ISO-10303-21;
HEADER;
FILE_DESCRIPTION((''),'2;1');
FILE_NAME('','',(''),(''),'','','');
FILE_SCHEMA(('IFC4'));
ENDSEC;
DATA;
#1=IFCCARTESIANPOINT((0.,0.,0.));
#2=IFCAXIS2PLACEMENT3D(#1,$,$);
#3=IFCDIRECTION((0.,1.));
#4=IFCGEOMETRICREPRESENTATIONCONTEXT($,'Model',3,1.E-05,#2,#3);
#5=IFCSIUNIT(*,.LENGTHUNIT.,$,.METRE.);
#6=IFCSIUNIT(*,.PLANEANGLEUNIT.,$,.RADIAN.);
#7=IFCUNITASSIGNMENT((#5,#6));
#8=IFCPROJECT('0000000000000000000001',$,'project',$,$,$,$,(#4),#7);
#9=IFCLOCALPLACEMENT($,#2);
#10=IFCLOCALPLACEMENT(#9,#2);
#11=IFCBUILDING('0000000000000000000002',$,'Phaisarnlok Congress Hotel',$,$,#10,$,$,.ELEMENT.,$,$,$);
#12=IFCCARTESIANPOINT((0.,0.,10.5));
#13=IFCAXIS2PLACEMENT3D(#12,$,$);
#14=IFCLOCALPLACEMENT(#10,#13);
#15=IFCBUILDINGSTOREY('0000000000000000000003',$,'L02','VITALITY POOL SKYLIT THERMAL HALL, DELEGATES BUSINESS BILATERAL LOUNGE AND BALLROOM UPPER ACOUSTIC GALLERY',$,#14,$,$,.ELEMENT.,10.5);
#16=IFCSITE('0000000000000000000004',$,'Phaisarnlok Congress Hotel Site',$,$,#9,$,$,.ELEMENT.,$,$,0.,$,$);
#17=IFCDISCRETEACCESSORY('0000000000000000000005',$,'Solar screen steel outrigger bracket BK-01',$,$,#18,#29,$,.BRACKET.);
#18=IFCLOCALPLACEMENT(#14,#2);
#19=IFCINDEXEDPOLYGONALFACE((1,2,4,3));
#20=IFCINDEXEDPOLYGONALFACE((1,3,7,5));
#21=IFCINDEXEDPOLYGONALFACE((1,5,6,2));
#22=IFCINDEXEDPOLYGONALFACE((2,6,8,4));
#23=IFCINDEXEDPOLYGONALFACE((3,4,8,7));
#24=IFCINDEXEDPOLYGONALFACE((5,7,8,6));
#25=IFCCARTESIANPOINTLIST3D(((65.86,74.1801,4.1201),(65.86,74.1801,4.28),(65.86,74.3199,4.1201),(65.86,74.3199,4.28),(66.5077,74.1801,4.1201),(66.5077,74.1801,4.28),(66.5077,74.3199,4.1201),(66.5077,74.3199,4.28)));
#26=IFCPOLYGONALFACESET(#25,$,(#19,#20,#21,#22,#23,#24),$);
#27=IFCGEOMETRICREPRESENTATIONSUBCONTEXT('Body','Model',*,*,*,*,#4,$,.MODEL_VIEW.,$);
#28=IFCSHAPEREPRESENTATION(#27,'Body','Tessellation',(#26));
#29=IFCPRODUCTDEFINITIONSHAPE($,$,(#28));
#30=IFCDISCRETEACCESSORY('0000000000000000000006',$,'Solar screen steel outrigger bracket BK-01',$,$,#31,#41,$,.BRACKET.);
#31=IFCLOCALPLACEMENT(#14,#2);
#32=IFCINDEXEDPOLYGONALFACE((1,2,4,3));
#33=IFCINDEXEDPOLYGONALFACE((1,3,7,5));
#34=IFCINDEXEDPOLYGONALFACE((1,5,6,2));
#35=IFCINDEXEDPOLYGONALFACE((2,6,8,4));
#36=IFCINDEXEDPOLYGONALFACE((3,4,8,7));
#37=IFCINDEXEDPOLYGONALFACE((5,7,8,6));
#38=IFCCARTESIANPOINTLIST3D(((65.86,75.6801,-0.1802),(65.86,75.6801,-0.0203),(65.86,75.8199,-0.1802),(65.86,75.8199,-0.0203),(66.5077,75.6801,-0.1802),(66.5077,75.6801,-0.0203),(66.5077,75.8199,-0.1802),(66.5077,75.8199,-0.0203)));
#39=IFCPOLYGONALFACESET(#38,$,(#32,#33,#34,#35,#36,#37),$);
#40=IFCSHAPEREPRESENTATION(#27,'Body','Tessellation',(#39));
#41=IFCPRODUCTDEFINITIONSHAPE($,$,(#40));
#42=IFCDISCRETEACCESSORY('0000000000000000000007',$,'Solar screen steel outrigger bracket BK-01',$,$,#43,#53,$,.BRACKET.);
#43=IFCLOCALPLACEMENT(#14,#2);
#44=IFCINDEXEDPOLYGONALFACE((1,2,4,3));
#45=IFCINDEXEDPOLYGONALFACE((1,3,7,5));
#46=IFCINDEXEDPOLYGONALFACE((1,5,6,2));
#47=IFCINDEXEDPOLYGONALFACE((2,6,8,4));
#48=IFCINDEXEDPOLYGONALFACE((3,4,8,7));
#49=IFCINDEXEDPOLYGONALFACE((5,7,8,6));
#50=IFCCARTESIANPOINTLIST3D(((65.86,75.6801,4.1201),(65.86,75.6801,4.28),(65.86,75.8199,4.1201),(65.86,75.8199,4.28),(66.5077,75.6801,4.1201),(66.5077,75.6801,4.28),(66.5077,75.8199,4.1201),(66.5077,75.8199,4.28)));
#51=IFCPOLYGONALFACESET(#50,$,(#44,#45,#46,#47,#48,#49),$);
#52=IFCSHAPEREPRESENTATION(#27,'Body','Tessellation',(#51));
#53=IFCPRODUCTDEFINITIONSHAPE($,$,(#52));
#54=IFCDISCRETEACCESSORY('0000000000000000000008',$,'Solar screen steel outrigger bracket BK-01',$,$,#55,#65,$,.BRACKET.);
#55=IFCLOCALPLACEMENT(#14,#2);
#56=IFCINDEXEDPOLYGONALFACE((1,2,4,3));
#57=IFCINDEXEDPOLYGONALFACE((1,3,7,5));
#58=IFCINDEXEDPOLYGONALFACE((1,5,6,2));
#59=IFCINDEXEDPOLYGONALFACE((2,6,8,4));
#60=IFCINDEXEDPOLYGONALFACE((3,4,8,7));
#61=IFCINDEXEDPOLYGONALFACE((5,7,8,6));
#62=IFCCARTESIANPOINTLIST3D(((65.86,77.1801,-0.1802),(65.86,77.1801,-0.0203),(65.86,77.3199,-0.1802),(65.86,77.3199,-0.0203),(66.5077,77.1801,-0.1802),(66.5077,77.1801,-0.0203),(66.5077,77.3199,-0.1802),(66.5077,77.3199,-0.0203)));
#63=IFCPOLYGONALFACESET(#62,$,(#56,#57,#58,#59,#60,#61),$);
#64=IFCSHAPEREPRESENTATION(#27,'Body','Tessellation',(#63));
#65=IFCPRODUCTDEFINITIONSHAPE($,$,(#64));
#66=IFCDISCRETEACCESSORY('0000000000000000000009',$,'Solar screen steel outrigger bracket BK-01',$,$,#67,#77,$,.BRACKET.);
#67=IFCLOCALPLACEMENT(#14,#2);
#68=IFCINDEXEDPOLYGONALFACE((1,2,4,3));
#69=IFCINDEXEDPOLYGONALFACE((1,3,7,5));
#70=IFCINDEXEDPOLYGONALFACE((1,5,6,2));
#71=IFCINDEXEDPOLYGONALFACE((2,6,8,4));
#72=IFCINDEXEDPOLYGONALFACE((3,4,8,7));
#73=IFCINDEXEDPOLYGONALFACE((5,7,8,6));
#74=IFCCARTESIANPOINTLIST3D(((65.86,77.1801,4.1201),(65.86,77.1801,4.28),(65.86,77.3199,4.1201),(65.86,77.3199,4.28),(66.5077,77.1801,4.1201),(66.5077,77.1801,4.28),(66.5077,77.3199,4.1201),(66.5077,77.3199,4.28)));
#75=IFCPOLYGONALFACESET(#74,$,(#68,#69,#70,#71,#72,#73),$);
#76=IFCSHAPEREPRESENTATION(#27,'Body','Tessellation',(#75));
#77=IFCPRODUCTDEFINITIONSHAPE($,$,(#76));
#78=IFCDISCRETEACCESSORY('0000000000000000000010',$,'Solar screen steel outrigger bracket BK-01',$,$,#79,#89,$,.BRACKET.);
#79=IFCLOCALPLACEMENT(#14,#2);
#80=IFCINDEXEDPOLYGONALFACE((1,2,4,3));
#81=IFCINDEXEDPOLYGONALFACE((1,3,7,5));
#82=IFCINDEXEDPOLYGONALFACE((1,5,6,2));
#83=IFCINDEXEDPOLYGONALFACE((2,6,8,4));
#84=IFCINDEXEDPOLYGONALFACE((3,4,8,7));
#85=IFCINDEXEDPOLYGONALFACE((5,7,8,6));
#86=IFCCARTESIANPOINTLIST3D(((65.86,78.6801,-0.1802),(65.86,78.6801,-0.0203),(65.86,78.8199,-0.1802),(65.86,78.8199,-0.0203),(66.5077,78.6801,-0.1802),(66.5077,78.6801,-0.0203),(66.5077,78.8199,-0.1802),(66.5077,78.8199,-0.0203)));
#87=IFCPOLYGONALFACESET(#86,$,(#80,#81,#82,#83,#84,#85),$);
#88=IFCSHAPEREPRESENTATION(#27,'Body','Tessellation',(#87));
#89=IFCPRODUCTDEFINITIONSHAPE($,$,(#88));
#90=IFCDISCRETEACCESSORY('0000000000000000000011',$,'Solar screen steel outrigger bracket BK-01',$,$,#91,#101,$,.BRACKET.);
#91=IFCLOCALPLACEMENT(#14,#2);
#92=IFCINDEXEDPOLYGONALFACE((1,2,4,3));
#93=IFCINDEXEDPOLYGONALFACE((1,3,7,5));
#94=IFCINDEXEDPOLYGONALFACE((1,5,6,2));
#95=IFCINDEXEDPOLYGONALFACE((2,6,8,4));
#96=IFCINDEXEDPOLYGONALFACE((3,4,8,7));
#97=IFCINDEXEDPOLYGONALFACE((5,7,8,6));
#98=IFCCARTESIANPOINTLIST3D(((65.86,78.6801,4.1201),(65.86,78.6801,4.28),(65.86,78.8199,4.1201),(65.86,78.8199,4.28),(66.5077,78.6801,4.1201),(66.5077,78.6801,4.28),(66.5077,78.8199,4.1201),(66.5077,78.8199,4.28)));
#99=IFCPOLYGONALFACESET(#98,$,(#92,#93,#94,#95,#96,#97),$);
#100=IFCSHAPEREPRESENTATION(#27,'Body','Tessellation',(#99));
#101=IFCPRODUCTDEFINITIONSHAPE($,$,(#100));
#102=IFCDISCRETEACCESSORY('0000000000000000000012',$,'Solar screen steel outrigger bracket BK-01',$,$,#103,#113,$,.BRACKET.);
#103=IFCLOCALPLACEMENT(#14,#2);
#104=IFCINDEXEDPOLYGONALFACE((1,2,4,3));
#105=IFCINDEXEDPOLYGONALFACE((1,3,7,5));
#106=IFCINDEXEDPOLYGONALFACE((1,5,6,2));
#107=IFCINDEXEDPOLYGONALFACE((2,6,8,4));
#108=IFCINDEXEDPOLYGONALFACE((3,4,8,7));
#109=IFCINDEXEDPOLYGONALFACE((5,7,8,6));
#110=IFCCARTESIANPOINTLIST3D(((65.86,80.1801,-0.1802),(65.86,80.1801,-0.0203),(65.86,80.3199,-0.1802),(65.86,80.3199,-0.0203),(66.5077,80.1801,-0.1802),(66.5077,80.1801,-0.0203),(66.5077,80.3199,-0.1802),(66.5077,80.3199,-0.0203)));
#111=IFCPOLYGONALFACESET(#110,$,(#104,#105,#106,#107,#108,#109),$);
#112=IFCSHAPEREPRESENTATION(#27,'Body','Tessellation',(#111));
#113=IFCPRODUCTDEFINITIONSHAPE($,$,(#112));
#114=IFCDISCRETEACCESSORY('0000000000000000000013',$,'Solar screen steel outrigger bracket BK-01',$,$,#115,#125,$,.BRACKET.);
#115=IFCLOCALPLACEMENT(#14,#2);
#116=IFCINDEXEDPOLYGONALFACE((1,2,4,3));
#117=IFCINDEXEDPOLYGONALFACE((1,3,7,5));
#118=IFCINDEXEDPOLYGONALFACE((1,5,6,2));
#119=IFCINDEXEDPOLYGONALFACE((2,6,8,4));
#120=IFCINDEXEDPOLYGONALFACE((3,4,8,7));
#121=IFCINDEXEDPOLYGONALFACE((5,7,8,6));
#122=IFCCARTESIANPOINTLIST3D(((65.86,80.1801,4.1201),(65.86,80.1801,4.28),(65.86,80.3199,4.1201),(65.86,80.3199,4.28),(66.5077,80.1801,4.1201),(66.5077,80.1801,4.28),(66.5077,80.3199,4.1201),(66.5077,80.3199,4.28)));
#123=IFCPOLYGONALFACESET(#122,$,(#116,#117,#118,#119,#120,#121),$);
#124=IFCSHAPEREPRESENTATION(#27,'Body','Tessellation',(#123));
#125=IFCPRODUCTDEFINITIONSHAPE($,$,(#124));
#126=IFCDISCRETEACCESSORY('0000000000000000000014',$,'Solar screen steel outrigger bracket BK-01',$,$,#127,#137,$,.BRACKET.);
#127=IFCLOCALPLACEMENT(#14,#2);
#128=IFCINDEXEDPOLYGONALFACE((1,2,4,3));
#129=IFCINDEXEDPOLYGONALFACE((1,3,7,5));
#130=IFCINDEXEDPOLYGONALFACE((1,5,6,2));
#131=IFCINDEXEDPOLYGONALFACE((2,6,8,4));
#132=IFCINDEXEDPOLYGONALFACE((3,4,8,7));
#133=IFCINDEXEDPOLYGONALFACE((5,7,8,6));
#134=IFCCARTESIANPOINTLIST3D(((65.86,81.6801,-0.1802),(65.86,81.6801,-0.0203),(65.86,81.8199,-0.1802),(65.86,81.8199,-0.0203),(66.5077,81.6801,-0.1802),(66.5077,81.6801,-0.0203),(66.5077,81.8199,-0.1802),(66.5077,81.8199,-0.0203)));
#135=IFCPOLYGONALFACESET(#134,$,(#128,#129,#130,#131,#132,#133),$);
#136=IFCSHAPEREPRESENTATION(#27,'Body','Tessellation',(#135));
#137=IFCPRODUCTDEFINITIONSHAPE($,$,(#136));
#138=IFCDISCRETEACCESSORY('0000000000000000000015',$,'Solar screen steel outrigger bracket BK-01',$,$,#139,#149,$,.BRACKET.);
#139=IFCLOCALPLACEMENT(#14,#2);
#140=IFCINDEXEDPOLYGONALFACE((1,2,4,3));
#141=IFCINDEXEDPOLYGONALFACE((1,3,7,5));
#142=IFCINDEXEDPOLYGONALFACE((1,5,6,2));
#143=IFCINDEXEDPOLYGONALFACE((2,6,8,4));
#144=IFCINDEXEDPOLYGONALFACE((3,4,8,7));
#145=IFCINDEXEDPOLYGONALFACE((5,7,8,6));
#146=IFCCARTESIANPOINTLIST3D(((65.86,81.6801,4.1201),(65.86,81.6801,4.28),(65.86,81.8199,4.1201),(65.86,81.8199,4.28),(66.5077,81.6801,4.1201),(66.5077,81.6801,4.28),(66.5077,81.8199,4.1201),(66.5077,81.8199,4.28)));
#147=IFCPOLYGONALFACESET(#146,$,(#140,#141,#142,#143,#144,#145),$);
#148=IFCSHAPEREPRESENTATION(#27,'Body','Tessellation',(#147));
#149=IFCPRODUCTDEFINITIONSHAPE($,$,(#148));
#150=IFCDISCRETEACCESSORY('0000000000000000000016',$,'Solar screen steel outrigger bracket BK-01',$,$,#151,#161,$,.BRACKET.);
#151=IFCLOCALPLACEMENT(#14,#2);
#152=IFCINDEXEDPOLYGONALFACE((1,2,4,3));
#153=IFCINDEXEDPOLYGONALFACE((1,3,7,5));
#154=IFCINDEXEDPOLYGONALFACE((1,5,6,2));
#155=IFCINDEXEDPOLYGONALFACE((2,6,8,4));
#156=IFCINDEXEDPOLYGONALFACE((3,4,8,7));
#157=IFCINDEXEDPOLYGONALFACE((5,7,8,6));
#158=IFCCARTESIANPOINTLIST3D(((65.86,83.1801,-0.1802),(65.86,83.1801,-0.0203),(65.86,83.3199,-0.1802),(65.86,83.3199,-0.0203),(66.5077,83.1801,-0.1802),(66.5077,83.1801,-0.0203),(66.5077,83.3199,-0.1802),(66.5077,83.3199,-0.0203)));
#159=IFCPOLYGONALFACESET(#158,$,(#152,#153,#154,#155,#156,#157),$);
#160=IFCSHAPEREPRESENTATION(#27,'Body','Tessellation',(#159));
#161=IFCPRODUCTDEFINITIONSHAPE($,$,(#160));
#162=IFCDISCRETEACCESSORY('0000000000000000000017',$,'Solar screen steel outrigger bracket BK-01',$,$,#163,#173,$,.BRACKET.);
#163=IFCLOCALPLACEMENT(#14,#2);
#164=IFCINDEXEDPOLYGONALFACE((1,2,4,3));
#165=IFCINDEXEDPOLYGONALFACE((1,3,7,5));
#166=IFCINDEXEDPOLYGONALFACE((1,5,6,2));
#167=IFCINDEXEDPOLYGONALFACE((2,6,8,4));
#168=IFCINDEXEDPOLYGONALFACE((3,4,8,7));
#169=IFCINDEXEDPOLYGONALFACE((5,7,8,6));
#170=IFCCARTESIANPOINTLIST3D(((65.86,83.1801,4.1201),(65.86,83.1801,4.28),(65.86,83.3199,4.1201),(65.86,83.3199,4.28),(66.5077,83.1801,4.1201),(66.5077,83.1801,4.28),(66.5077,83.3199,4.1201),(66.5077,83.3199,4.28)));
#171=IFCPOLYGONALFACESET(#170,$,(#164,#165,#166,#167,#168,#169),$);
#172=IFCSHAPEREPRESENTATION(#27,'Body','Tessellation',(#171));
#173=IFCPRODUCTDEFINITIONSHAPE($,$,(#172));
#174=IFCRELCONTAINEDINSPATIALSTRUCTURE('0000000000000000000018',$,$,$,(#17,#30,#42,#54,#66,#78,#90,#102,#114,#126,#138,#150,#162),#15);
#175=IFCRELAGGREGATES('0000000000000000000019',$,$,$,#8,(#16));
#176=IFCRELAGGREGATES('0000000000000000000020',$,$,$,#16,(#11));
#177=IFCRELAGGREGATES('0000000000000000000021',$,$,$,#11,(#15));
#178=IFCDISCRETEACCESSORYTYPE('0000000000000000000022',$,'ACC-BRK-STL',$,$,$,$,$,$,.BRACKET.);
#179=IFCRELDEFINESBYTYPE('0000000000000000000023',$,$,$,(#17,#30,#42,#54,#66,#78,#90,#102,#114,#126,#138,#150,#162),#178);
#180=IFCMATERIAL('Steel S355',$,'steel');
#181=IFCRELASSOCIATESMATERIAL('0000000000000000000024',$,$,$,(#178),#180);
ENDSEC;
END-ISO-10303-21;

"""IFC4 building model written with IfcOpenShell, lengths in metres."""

from ifc_helpers import new_model, si_unit, direction, frame, origin, origin_2d, place, context, subcontext, project, spatial, rectangle, extrude, material, type_object, element, save


model = new_model("IFC4")

# Units and contexts
model_context = context("Model", 3, precision=1e-05, world=origin(), true_north=direction((0.0, 1.0)))
body_context = subcontext(model_context, "Body", "Model", "MODEL_VIEW")
ifc_project = project(units=[si_unit("LENGTHUNIT", "METRE"), si_unit("PLANEANGLEUNIT", "RADIAN")], contexts=[model_context])

# Site, building, storey
site_placement = place(None, origin())
site = spatial("IfcSite", under=ifc_project, at=site_placement, Name="Phaisarnlok Congress Hotel Site", CompositionType="ELEMENT", RefElevation=0.0)
building_placement = place(site_placement, origin())
building = spatial("IfcBuilding", under=site, at=building_placement, Name="Phaisarnlok Congress Hotel", CompositionType="ELEMENT")
storey_placement = place(building_placement, frame((0.0, 0.0, 10.5)))
storey = spatial("IfcBuildingStorey", under=building, at=storey_placement, Name="L02", Description="VITALITY POOL SKYLIT THERMAL HALL, DELEGATES BUSINESS BILATERAL LOUNGE AND BALLROOM UPPER ACOUSTIC GALLERY", CompositionType="ELEMENT", Elevation=10.5)

# Discrete accessories
ifc_material_1 = material(Name="Steel S355", Category="steel")
discrete_accessory_type = type_object("IfcDiscreteAccessoryType", Name="ACC-BRK-STL", PredefinedType="BRACKET", material=ifc_material_1)
for number, where, z_axis, x_axis, name in (
    (1, (66.1838, 74.25, 4.1201), (0.0, 0.0, 1.0), (1.0, 0.0, 0.0), "Solar screen steel outrigger bracket BK-01"),
    (2, (66.1838, 75.75, -0.1802), (0.0, 0.0, 1.0), (1.0, 0.0, 0.0), "Solar screen steel outrigger bracket BK-01"),
    (3, (66.1838, 75.75, 4.1201), (0.0, 0.0, 1.0), (1.0, 0.0, 0.0), "Solar screen steel outrigger bracket BK-01"),
    (4, (66.1838, 77.25, -0.1802), (0.0, 0.0, 1.0), (1.0, 0.0, 0.0), "Solar screen steel outrigger bracket BK-01"),
    (5, (66.1838, 77.25, 4.1201), (0.0, 0.0, 1.0), (1.0, 0.0, 0.0), "Solar screen steel outrigger bracket BK-01"),
    (6, (66.1838, 78.75, -0.1802), (0.0, 0.0, 1.0), (1.0, 0.0, 0.0), "Solar screen steel outrigger bracket BK-01"),
    (7, (66.1838, 78.75, 4.1201), (0.0, 0.0, 1.0), (1.0, 0.0, 0.0), "Solar screen steel outrigger bracket BK-01"),
    (8, (66.1838, 80.25, -0.1802), (0.0, 0.0, 1.0), (1.0, 0.0, 0.0), "Solar screen steel outrigger bracket BK-01"),
    (9, (66.1838, 80.25, 4.1201), (0.0, 0.0, 1.0), (1.0, 0.0, 0.0), "Solar screen steel outrigger bracket BK-01"),
    (10, (66.1838, 81.75, -0.1802), (0.0, 0.0, 1.0), (1.0, 0.0, 0.0), "Solar screen steel outrigger bracket BK-01"),
    (11, (66.1838, 81.75, 4.1201), (0.0, 0.0, 1.0), (1.0, 0.0, 0.0), "Solar screen steel outrigger bracket BK-01"),
    (12, (66.1838, 83.25, -0.1802), (0.0, 0.0, 1.0), (1.0, 0.0, 0.0), "Solar screen steel outrigger bracket BK-01"),
    (13, (66.1838, 83.25, 4.1201), (0.0, 0.0, 1.0), (1.0, 0.0, 0.0), "Solar screen steel outrigger bracket BK-01"),
):
    element("IfcDiscreteAccessory", number, at=place(storey_placement, frame(where, z_axis=z_axis, x_axis=x_axis)), inside=storey, type_object=discrete_accessory_type, Name=name, PredefinedType="BRACKET", context=body_context, shape_type="SweptSolid", body=[
        extrude(rectangle(XDim=0.6477, YDim=0.1399, at=origin_2d()), origin(), (0.0, 0.0, 1.0), 0.1599),
    ])

save(model, "model.ifc")
